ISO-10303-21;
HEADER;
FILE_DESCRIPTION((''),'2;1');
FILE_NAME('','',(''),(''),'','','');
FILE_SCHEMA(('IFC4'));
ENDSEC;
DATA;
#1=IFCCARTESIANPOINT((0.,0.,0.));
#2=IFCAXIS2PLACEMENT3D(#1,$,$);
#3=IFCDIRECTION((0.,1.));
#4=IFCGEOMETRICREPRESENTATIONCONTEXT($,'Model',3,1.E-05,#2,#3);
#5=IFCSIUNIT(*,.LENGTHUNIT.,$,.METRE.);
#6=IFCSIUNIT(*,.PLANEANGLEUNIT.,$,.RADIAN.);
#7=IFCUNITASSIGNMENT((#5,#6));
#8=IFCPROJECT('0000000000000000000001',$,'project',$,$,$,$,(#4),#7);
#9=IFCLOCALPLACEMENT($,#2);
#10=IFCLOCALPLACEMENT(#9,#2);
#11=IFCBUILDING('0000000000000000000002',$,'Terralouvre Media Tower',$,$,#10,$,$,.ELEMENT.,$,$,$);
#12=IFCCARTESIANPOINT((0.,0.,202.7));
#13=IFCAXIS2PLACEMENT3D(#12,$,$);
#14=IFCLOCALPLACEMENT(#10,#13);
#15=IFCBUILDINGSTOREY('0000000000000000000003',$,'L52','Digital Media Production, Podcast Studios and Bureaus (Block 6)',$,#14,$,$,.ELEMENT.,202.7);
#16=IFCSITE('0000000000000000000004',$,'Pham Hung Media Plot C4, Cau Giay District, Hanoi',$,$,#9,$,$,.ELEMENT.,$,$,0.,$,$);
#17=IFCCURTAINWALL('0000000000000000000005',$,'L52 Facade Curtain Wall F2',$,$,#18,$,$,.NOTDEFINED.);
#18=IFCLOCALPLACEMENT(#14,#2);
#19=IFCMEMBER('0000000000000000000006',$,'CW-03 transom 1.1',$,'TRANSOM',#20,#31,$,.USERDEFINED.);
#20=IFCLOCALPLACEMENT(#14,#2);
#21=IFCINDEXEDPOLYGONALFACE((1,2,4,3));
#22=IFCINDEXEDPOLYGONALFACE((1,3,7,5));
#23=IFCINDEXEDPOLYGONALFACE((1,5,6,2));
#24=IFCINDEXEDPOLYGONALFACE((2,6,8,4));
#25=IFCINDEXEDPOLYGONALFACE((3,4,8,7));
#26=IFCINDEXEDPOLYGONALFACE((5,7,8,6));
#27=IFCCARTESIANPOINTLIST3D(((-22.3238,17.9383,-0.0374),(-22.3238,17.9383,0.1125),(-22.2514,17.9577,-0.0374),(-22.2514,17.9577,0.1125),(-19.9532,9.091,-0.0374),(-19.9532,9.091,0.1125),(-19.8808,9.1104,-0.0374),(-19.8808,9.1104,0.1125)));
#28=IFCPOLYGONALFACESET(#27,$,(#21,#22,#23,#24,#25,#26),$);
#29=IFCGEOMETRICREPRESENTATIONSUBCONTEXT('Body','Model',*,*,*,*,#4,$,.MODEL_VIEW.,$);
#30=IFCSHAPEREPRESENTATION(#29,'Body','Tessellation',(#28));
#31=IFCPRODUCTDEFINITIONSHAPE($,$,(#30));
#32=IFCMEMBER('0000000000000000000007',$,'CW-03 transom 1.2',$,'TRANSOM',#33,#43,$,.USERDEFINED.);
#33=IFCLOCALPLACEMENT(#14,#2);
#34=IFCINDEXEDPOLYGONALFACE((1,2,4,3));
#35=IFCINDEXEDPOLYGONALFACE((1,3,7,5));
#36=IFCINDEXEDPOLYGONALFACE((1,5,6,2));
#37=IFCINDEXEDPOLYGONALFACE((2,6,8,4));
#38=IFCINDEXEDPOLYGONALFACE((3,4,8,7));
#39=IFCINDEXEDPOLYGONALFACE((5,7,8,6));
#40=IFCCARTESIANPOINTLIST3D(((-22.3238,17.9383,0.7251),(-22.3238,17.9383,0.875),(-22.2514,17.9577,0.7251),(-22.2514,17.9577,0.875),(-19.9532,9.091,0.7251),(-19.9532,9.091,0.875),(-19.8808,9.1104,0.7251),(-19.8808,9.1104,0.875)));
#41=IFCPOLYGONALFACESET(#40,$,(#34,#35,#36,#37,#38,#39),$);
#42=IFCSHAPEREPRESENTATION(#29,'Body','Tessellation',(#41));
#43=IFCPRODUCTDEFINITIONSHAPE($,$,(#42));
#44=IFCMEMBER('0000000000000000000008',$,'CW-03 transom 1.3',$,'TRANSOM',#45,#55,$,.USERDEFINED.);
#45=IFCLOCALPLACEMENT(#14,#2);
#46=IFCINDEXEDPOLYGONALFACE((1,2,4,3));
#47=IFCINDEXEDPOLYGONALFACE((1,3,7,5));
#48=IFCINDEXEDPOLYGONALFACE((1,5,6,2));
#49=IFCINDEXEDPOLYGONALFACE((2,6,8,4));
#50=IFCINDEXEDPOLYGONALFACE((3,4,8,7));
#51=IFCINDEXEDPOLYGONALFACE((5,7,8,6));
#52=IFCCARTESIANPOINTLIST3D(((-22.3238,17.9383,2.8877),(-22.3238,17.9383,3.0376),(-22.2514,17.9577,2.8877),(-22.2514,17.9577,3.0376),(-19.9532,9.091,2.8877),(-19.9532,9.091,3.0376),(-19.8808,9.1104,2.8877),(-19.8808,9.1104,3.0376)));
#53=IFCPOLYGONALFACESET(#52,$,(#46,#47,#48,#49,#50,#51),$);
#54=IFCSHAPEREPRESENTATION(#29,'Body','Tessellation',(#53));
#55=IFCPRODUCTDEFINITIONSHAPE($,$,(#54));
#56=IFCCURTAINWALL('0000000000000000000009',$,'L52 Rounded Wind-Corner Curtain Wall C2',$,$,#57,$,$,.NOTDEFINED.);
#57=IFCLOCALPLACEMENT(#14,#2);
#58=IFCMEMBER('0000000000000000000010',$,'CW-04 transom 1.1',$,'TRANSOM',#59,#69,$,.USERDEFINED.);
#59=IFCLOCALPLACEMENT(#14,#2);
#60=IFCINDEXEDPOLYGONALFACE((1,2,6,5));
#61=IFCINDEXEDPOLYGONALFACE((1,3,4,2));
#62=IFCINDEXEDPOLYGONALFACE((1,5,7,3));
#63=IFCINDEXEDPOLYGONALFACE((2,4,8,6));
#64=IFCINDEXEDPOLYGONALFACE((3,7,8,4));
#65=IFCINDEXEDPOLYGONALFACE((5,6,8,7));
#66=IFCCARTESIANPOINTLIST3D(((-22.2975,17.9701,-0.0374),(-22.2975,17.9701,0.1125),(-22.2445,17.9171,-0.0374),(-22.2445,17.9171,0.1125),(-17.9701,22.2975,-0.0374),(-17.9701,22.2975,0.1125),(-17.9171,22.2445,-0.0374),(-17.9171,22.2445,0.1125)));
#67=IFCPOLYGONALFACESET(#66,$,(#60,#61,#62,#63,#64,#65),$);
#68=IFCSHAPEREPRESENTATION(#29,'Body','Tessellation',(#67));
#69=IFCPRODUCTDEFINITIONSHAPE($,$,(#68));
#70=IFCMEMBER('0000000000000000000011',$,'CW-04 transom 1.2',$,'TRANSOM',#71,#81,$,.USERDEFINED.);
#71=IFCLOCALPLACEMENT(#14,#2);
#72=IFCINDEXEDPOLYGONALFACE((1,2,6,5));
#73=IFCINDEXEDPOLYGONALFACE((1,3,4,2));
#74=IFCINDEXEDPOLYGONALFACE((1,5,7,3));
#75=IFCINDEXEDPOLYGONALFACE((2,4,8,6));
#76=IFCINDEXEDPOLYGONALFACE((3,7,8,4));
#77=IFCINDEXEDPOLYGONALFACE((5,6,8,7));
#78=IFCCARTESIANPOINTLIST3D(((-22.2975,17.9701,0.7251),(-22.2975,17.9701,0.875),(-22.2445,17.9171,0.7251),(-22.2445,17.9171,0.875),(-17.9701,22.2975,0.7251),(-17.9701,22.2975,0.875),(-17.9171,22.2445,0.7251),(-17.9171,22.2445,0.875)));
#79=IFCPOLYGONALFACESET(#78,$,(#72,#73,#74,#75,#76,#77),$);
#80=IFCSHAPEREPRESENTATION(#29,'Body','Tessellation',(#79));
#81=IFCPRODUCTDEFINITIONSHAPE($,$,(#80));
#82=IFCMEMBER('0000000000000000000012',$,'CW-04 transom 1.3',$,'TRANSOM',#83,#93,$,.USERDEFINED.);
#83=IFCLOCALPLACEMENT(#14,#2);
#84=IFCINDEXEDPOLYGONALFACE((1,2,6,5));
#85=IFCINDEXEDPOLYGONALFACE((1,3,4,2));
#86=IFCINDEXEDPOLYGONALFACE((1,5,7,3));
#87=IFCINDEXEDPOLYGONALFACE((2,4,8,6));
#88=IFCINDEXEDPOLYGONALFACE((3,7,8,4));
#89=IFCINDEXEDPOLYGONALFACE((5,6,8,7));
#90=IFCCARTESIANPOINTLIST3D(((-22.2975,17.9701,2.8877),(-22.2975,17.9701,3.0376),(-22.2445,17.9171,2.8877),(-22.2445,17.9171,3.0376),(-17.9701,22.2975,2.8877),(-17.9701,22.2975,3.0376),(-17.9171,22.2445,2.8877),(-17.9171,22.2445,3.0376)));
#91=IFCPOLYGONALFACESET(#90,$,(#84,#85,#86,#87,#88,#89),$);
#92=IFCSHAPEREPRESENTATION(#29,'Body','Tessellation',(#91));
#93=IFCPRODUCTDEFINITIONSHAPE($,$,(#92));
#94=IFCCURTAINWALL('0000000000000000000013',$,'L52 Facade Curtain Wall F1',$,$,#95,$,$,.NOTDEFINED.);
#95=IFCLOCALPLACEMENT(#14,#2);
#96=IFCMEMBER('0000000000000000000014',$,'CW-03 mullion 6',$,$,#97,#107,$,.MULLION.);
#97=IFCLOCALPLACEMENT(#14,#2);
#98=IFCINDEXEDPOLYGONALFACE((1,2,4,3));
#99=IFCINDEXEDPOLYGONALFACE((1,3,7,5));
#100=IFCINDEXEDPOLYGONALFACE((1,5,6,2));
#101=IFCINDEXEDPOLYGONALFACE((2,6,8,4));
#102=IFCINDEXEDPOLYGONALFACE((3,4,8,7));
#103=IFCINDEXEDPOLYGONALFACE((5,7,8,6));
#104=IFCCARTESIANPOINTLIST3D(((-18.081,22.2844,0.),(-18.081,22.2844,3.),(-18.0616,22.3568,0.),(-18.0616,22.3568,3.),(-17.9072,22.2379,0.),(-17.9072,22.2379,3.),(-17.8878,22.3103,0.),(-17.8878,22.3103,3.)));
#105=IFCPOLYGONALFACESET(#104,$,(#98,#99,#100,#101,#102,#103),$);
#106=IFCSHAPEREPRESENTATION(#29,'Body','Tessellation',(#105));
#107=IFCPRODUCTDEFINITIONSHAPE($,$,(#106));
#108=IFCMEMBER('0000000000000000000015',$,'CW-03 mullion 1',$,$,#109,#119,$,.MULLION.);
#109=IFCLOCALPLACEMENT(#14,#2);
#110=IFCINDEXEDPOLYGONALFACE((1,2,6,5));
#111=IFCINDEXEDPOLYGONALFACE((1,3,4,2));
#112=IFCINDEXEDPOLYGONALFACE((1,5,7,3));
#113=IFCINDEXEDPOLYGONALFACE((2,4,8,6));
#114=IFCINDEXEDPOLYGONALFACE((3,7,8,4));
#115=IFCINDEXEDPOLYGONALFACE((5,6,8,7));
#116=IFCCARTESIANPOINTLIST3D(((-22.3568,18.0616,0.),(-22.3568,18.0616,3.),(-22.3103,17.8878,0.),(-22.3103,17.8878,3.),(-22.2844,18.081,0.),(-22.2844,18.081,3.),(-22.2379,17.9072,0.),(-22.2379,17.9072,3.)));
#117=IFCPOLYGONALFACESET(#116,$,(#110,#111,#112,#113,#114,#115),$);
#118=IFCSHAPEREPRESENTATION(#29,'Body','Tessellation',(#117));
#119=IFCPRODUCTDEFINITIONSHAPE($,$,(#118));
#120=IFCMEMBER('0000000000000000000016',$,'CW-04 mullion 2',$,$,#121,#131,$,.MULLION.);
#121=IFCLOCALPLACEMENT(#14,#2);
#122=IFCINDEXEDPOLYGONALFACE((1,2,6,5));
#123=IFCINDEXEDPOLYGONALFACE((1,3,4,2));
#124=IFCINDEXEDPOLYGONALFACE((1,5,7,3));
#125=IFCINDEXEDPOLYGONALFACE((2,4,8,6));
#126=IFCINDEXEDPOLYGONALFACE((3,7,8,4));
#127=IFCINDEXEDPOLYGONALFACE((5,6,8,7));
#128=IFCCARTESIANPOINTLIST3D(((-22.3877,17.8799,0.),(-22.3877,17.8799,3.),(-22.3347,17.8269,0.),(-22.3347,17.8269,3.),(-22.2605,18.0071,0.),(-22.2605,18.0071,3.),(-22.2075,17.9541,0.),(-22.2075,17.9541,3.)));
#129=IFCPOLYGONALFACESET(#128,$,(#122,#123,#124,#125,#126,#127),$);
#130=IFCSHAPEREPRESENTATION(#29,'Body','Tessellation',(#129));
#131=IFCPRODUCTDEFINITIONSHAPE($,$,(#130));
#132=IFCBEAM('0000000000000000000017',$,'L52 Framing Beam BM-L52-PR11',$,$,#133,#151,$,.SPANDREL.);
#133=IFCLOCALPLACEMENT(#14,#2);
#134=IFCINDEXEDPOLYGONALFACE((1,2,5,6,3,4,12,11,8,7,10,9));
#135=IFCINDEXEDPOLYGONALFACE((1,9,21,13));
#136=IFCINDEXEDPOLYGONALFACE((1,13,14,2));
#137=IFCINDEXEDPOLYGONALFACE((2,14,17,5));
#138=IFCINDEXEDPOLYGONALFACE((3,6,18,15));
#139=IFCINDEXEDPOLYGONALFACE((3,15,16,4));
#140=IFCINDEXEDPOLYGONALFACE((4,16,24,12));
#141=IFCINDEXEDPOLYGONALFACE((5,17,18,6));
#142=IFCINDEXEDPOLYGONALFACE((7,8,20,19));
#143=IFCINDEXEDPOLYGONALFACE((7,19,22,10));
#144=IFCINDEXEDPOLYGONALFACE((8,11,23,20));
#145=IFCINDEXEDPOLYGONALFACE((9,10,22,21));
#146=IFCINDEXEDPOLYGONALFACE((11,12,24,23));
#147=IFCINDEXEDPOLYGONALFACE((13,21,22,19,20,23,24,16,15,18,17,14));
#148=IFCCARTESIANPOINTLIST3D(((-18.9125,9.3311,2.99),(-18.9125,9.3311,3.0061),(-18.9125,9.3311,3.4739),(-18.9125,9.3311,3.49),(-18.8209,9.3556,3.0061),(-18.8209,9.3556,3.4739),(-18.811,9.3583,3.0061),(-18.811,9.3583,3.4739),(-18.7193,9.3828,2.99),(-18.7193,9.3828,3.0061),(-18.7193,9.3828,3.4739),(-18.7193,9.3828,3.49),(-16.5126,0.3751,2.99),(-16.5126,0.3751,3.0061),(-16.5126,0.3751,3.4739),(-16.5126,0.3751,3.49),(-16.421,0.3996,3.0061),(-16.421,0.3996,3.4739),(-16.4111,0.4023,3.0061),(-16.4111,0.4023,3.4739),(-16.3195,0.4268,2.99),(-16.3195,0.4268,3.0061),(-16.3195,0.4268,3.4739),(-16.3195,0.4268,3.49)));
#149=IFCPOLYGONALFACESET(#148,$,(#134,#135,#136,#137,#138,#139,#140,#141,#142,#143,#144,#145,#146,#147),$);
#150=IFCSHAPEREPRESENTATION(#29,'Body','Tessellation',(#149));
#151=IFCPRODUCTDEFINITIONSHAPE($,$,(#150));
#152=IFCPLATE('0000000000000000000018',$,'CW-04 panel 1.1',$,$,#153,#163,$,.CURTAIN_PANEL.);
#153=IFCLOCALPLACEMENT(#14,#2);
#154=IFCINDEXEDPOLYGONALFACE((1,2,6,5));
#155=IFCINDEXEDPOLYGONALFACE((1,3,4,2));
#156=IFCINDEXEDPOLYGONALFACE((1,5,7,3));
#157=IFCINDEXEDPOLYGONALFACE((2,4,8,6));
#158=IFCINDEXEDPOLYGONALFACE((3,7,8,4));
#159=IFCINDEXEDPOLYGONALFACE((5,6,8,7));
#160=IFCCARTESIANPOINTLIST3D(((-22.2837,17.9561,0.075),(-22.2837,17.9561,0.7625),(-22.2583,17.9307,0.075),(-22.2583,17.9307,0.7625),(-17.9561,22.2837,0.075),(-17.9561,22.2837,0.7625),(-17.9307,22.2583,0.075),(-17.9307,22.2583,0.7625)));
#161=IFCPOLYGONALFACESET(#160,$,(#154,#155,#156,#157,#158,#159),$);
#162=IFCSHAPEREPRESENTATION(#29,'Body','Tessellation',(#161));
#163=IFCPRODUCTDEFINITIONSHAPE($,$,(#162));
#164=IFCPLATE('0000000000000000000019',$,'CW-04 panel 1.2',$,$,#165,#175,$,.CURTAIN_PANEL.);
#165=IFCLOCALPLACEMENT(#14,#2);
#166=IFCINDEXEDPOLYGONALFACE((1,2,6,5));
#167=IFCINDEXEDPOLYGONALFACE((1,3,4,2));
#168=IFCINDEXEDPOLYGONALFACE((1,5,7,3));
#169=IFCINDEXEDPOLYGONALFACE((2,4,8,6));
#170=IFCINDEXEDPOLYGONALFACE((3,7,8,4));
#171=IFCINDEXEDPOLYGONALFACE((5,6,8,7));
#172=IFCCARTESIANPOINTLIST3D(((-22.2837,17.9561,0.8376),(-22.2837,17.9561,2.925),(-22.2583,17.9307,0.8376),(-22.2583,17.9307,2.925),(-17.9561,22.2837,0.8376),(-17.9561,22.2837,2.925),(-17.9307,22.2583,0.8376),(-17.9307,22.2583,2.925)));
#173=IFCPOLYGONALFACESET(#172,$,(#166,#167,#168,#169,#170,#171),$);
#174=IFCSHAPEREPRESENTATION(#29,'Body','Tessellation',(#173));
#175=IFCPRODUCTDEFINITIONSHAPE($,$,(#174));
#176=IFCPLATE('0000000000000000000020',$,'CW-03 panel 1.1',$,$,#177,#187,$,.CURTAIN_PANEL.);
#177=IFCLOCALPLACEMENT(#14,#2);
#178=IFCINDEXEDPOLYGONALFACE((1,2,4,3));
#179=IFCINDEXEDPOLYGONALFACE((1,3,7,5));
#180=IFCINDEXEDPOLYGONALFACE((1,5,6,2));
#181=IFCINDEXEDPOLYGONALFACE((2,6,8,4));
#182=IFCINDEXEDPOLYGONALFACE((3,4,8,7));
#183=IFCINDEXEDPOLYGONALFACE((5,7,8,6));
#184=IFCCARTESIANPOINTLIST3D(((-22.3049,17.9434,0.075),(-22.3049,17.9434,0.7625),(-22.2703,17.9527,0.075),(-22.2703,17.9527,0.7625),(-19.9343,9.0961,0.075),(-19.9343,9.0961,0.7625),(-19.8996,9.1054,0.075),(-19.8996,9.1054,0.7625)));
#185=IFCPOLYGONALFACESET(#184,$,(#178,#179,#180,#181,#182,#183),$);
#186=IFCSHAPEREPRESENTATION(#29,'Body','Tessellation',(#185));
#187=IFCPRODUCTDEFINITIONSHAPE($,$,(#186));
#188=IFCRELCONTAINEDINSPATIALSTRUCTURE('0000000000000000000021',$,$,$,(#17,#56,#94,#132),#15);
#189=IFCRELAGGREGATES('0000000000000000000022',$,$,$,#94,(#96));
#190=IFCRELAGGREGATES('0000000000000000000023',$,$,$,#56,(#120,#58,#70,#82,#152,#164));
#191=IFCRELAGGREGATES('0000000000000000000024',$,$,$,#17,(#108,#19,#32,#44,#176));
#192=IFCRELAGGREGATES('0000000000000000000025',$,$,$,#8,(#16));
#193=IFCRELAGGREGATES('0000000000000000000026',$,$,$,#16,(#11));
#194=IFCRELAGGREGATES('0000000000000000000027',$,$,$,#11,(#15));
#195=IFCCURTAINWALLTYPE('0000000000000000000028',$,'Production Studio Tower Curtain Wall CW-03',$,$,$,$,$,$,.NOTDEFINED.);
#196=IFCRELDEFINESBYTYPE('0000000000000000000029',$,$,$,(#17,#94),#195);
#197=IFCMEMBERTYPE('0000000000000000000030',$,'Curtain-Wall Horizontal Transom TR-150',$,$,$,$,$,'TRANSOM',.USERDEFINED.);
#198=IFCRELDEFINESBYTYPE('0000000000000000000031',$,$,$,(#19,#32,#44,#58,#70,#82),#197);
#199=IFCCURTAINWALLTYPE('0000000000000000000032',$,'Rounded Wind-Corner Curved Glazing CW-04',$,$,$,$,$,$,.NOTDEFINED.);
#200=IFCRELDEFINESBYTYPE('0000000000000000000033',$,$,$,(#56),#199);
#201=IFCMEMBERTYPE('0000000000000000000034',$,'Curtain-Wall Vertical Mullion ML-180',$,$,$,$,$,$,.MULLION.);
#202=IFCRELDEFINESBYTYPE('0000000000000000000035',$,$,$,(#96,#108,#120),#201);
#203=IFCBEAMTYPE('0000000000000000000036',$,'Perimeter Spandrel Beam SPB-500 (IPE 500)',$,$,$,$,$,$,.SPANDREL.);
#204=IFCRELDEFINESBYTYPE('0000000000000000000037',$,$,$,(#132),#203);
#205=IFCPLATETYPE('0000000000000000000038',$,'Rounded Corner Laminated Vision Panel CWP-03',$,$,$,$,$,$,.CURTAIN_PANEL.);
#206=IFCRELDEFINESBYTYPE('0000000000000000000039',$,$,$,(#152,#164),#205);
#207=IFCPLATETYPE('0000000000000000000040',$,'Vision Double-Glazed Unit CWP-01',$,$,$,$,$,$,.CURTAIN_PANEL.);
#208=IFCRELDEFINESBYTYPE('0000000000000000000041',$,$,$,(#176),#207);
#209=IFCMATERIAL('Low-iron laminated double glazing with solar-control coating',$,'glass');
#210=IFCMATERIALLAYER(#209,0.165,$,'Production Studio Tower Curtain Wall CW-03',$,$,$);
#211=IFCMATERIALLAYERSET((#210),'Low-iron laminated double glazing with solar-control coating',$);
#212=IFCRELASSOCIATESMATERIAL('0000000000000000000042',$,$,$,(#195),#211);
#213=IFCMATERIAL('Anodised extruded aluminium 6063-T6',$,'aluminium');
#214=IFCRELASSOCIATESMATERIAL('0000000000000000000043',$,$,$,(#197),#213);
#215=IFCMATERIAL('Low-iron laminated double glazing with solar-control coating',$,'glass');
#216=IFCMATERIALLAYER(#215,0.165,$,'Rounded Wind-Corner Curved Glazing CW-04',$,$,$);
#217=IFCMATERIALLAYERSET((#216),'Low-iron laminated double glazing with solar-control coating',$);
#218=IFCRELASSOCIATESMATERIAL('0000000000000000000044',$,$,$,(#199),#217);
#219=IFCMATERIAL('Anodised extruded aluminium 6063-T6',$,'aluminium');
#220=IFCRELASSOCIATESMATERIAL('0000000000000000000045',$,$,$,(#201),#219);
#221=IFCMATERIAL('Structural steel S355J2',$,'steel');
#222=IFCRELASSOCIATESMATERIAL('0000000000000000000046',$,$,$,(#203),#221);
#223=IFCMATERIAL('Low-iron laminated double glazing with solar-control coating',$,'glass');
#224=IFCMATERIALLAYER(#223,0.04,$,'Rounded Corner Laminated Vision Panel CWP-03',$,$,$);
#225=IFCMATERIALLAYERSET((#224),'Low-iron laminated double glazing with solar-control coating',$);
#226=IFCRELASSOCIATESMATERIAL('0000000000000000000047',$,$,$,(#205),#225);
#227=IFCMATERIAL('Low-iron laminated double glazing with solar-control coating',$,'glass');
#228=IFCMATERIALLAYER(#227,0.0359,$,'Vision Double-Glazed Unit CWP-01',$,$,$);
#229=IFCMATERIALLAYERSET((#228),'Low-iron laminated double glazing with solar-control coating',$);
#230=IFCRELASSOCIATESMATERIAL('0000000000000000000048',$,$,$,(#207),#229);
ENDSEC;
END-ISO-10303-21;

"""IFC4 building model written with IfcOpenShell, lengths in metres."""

from ifc_helpers import new_model, si_unit, direction, frame, origin, origin_2d, place, context, subcontext, project, spatial, rectangle, i_section, extrude, material, layer, layer_set, material_profile, profile_set, type_object, element, aggregate, save


model = new_model("IFC4")

# Units and contexts
model_context = context("Model", 3, precision=1e-05, world=origin(), true_north=direction((0.0, 1.0)))
body_context = subcontext(model_context, "Body", "Model", "MODEL_VIEW")
ifc_project = project(units=[si_unit("LENGTHUNIT", "METRE"), si_unit("PLANEANGLEUNIT", "RADIAN")], contexts=[model_context])

# Site, building, storey
site_placement = place(None, origin())
site = spatial("IfcSite", under=ifc_project, at=site_placement, Name="Pham Hung Media Plot C4, Cau Giay District, Hanoi", CompositionType="ELEMENT", RefElevation=0.0)
building_placement = place(site_placement, origin())
building = spatial("IfcBuilding", under=site, at=building_placement, Name="Terralouvre Media Tower", CompositionType="ELEMENT")
storey_placement = place(building_placement, frame((0.0, 0.0, 202.7)))
storey = spatial("IfcBuildingStorey", under=building, at=storey_placement, Name="L52", Description="Digital Media Production, Podcast Studios and Bureaus (Block 6)", CompositionType="ELEMENT", Elevation=202.7)

# Curtain walls, members
ifc_material_1 = material(Name="Low-iron laminated double glazing with solar-control coating", Category="glass")
ifc_layer_1 = layer(ifc_material_1, 0.165, Name="Production Studio Tower Curtain Wall CW-03")
ifc_layer_set_1 = layer_set([ifc_layer_1], Name="Low-iron laminated double glazing with solar-control coating")
curtain_wall_type_1 = type_object("IfcCurtainWallType", Name="Production Studio Tower Curtain Wall CW-03", PredefinedType="NOTDEFINED", material=ifc_layer_set_1)
curtain_wall_1_placement = place(storey_placement, origin())
curtain_wall_1 = element("IfcCurtainWall", 1, at=curtain_wall_1_placement, inside=storey, type_object=curtain_wall_type_1, Name="L52 Facade Curtain Wall F2", PredefinedType="NOTDEFINED")
ifc_material_2 = material(Name="Anodised extruded aluminium 6063-T6", Category="aluminium")
ifc_material_profile_1 = material_profile(ifc_material_2, rectangle(XDim=0.075, YDim=0.1499, at=origin_2d()), Name="ALU 75x150")
ifc_profile_set_1 = profile_set([ifc_material_profile_1], Name="Anodised extruded aluminium 6063-T6")
member_type_1 = type_object("IfcMemberType", Name="Curtain-Wall Horizontal Transom TR-150", ElementType="TRANSOM", PredefinedType="USERDEFINED", material=ifc_profile_set_1)
member_1_placement = place(storey_placement, frame((-22.2876, 17.948, 0.0376), z_axis=(0.258814, -0.965927, 0.0), x_axis=(0.965927, 0.258814, 0.0)))
member_1 = element("IfcMember", 2, at=member_1_placement, type_object=member_type_1, Name="CW-03 transom 1.1", ObjectType="TRANSOM", PredefinedType="USERDEFINED", context=body_context, shape_type="SweptSolid", body=[
    extrude(rectangle(XDim=0.075, YDim=0.1499, at=origin_2d()), origin(), (0.0, 0.0, 1.0), 9.1594),
])
member_2_placement = place(storey_placement, frame((-22.2876, 17.948, 0.8), z_axis=(0.258814, -0.965927, 0.0), x_axis=(0.965927, 0.258814, 0.0)))
member_2 = element("IfcMember", 3, at=member_2_placement, type_object=member_type_1, Name="CW-03 transom 1.2", ObjectType="TRANSOM", PredefinedType="USERDEFINED", context=body_context, shape_type="SweptSolid", body=[
    extrude(rectangle(XDim=0.075, YDim=0.1499, at=origin_2d()), origin(), (0.0, 0.0, 1.0), 9.1594),
])
member_3_placement = place(storey_placement, frame((-22.2876, 17.948, 2.9626), z_axis=(0.258814, -0.965927, 0.0), x_axis=(0.965927, 0.258814, 0.0)))
member_3 = element("IfcMember", 4, at=member_3_placement, type_object=member_type_1, Name="CW-03 transom 1.3", ObjectType="TRANSOM", PredefinedType="USERDEFINED", context=body_context, shape_type="SweptSolid", body=[
    extrude(rectangle(XDim=0.075, YDim=0.1499, at=origin_2d()), origin(), (0.0, 0.0, 1.0), 9.1594),
])
ifc_material_3 = material(Name="Low-iron laminated double glazing with solar-control coating", Category="glass")
ifc_layer_2 = layer(ifc_material_3, 0.165, Name="Rounded Wind-Corner Curved Glazing CW-04")
ifc_layer_set_2 = layer_set([ifc_layer_2], Name="Low-iron laminated double glazing with solar-control coating")
curtain_wall_type_2 = type_object("IfcCurtainWallType", Name="Rounded Wind-Corner Curved Glazing CW-04", PredefinedType="NOTDEFINED", material=ifc_layer_set_2)
curtain_wall_2_placement = place(storey_placement, origin())
curtain_wall_2 = element("IfcCurtainWall", 5, at=curtain_wall_2_placement, inside=storey, type_object=curtain_wall_type_2, Name="L52 Rounded Wind-Corner Curtain Wall C2", PredefinedType="NOTDEFINED")
member_4_placement = place(storey_placement, frame((-17.9436, 22.271, 0.0376), z_axis=(-0.707107, -0.707107, 0.0), x_axis=(0.707107, -0.707107, 0.0)))
member_4 = element("IfcMember", 6, at=member_4_placement, type_object=member_type_1, Name="CW-04 transom 1.1", ObjectType="TRANSOM", PredefinedType="USERDEFINED", context=body_context, shape_type="SweptSolid", body=[
    extrude(rectangle(XDim=0.075, YDim=0.1499, at=origin_2d()), origin(), (0.0, 0.0, 1.0), 6.1199),
])
member_5_placement = place(storey_placement, frame((-17.9436, 22.271, 0.8), z_axis=(-0.707107, -0.707107, 0.0), x_axis=(0.707107, -0.707107, 0.0)))
member_5 = element("IfcMember", 7, at=member_5_placement, type_object=member_type_1, Name="CW-04 transom 1.2", ObjectType="TRANSOM", PredefinedType="USERDEFINED", context=body_context, shape_type="SweptSolid", body=[
    extrude(rectangle(XDim=0.075, YDim=0.1499, at=origin_2d()), origin(), (0.0, 0.0, 1.0), 6.1199),
])
member_6_placement = place(storey_placement, frame((-17.9436, 22.271, 2.9626), z_axis=(-0.707107, -0.707107, 0.0), x_axis=(0.707107, -0.707107, 0.0)))
member_6 = element("IfcMember", 8, at=member_6_placement, type_object=member_type_1, Name="CW-04 transom 1.3", ObjectType="TRANSOM", PredefinedType="USERDEFINED", context=body_context, shape_type="SweptSolid", body=[
    extrude(rectangle(XDim=0.075, YDim=0.1499, at=origin_2d()), origin(), (0.0, 0.0, 1.0), 6.1199),
])

# Curtain wall, member
curtain_wall_3_placement = place(storey_placement, origin())
curtain_wall_3 = element("IfcCurtainWall", 9, at=curtain_wall_3_placement, inside=storey, type_object=curtain_wall_type_1, Name="L52 Facade Curtain Wall F1", PredefinedType="NOTDEFINED")
ifc_material_4 = material(Name="Anodised extruded aluminium 6063-T6", Category="aluminium")
ifc_material_profile_2 = material_profile(ifc_material_4, rectangle(XDim=0.075, YDim=0.1799, at=origin_2d()), Name="ALU 75x180")
ifc_profile_set_2 = profile_set([ifc_material_profile_2], Name="Anodised extruded aluminium 6063-T6")
member_type_2 = type_object("IfcMemberType", Name="Curtain-Wall Vertical Mullion ML-180", PredefinedType="MULLION", material=ifc_profile_set_2)
member_7_placement = place(storey_placement, frame((-17.9844, 22.2974, 0.0), z_axis=(0.0, 0.0, 1.0), x_axis=(-0.258819, -0.965926, 0.0)))
member_7 = element("IfcMember", 10, at=member_7_placement, type_object=member_type_2, Name="CW-03 mullion 6", PredefinedType="MULLION", context=body_context, shape_type="SweptSolid", body=[
    extrude(rectangle(XDim=0.075, YDim=0.1799, at=origin_2d()), origin(), (0.0, 0.0, 1.0), 3.0),
])
aggregate(curtain_wall_3, [member_7])

# Members
member_8_placement = place(storey_placement, frame((-22.2974, 17.9844, 0.0), z_axis=(0.0, 0.0, 1.0), x_axis=(0.965926, 0.258819, 0.0)))
member_8 = element("IfcMember", 11, at=member_8_placement, type_object=member_type_2, Name="CW-03 mullion 1", PredefinedType="MULLION", context=body_context, shape_type="SweptSolid", body=[
    extrude(rectangle(XDim=0.075, YDim=0.1799, at=origin_2d()), origin(), (0.0, 0.0, 1.0), 3.0),
])
member_9_placement = place(storey_placement, frame((-22.2976, 17.917, 0.0), z_axis=(0.0, 0.0, 1.0), x_axis=(0.707107, -0.707107, 0.0)))
member_9 = element("IfcMember", 12, at=member_9_placement, type_object=member_type_2, Name="CW-04 mullion 2", PredefinedType="MULLION", context=body_context, shape_type="SweptSolid", body=[
    extrude(rectangle(XDim=0.075, YDim=0.1799, at=origin_2d()), origin(), (0.0, 0.0, 1.0), 3.0),
])

# Beam
ifc_material_5 = material(Name="Structural steel S355J2", Category="steel")
ifc_material_profile_3 = material_profile(ifc_material_5, i_section(OverallWidth=0.2, OverallDepth=0.5, WebThickness=0.0103, FlangeThickness=0.0161, at=origin_2d()), Name="IPE 500")
ifc_profile_set_3 = profile_set([ifc_material_profile_3], Name="Structural steel S355J2")
beam_type = type_object("IfcBeamType", Name="Perimeter Spandrel Beam SPB-500 (IPE 500)", PredefinedType="SPANDREL", material=ifc_profile_set_3)
beam_placement = place(storey_placement, frame((-18.8159, 9.3569, 3.24), z_axis=(0.258833, -0.965922, 0.0), x_axis=(0.965922, 0.258833, 0.0)))
element("IfcBeam", 13, at=beam_placement, inside=storey, type_object=beam_type, Name="L52 Framing Beam BM-L52-PR11", PredefinedType="SPANDREL", context=body_context, shape_type="SweptSolid", body=[
    extrude(i_section(OverallWidth=0.2, OverallDepth=0.5, WebThickness=0.0103, FlangeThickness=0.0161, at=origin_2d()), origin(), (0.0, 0.0, 1.0), 9.272),
])

# Plates
ifc_material_6 = material(Name="Low-iron laminated double glazing with solar-control coating", Category="glass")
ifc_layer_3 = layer(ifc_material_6, 0.04, Name="Rounded Corner Laminated Vision Panel CWP-03")
ifc_layer_set_3 = layer_set([ifc_layer_3], Name="Low-iron laminated double glazing with solar-control coating")
plate_type_1 = type_object("IfcPlateType", Name="Rounded Corner Laminated Vision Panel CWP-03", PredefinedType="CURTAIN_PANEL", material=ifc_layer_set_3)
plate_1_placement = place(storey_placement, frame((-20.1072, 20.1072, 0.075), z_axis=(0.0, 0.0, 1.0), x_axis=(-0.707107, -0.707107, 0.0)))
plate_1 = element("IfcPlate", 14, at=plate_1_placement, type_object=plate_type_1, Name="CW-04 panel 1.1", PredefinedType="CURTAIN_PANEL", context=body_context, shape_type="SweptSolid", body=[
    extrude(rectangle(XDim=6.1201, YDim=0.0359, at=origin_2d()), origin(), (0.0, 0.0, 1.0), 0.6875),
])
plate_2_placement = place(storey_placement, frame((-20.1072, 20.1072, 0.8376), z_axis=(0.0, 0.0, 1.0), x_axis=(-0.707107, -0.707107, 0.0)))
plate_2 = element("IfcPlate", 15, at=plate_2_placement, type_object=plate_type_1, Name="CW-04 panel 1.2", PredefinedType="CURTAIN_PANEL", context=body_context, shape_type="SweptSolid", body=[
    extrude(rectangle(XDim=6.1201, YDim=0.0359, at=origin_2d()), origin(), (0.0, 0.0, 1.0), 2.0874),
])
aggregate(curtain_wall_2, [member_9, member_4, member_5, member_6, plate_1, plate_2])
ifc_material_7 = material(Name="Low-iron laminated double glazing with solar-control coating", Category="glass")
ifc_layer_4 = layer(ifc_material_7, 0.0359, Name="Vision Double-Glazed Unit CWP-01")
ifc_layer_set_4 = layer_set([ifc_layer_4], Name="Low-iron laminated double glazing with solar-control coating")
plate_type_2 = type_object("IfcPlateType", Name="Vision Double-Glazed Unit CWP-01", PredefinedType="CURTAIN_PANEL", material=ifc_layer_set_4)
plate_3_placement = place(storey_placement, frame((-21.1023, 13.5244, 0.075), z_axis=(0.0, 0.0, 1.0), x_axis=(0.258819, -0.965926, 0.0)))
plate_3 = element("IfcPlate", 16, at=plate_3_placement, type_object=plate_type_2, Name="CW-03 panel 1.1", PredefinedType="CURTAIN_PANEL", context=body_context, shape_type="SweptSolid", body=[
    extrude(rectangle(XDim=9.1594, YDim=0.0359, at=origin_2d()), origin(), (0.0, 0.0, 1.0), 0.6875),
])
aggregate(curtain_wall_1, [member_8, member_1, member_2, member_3, plate_3])

save(model, "model.ifc")
